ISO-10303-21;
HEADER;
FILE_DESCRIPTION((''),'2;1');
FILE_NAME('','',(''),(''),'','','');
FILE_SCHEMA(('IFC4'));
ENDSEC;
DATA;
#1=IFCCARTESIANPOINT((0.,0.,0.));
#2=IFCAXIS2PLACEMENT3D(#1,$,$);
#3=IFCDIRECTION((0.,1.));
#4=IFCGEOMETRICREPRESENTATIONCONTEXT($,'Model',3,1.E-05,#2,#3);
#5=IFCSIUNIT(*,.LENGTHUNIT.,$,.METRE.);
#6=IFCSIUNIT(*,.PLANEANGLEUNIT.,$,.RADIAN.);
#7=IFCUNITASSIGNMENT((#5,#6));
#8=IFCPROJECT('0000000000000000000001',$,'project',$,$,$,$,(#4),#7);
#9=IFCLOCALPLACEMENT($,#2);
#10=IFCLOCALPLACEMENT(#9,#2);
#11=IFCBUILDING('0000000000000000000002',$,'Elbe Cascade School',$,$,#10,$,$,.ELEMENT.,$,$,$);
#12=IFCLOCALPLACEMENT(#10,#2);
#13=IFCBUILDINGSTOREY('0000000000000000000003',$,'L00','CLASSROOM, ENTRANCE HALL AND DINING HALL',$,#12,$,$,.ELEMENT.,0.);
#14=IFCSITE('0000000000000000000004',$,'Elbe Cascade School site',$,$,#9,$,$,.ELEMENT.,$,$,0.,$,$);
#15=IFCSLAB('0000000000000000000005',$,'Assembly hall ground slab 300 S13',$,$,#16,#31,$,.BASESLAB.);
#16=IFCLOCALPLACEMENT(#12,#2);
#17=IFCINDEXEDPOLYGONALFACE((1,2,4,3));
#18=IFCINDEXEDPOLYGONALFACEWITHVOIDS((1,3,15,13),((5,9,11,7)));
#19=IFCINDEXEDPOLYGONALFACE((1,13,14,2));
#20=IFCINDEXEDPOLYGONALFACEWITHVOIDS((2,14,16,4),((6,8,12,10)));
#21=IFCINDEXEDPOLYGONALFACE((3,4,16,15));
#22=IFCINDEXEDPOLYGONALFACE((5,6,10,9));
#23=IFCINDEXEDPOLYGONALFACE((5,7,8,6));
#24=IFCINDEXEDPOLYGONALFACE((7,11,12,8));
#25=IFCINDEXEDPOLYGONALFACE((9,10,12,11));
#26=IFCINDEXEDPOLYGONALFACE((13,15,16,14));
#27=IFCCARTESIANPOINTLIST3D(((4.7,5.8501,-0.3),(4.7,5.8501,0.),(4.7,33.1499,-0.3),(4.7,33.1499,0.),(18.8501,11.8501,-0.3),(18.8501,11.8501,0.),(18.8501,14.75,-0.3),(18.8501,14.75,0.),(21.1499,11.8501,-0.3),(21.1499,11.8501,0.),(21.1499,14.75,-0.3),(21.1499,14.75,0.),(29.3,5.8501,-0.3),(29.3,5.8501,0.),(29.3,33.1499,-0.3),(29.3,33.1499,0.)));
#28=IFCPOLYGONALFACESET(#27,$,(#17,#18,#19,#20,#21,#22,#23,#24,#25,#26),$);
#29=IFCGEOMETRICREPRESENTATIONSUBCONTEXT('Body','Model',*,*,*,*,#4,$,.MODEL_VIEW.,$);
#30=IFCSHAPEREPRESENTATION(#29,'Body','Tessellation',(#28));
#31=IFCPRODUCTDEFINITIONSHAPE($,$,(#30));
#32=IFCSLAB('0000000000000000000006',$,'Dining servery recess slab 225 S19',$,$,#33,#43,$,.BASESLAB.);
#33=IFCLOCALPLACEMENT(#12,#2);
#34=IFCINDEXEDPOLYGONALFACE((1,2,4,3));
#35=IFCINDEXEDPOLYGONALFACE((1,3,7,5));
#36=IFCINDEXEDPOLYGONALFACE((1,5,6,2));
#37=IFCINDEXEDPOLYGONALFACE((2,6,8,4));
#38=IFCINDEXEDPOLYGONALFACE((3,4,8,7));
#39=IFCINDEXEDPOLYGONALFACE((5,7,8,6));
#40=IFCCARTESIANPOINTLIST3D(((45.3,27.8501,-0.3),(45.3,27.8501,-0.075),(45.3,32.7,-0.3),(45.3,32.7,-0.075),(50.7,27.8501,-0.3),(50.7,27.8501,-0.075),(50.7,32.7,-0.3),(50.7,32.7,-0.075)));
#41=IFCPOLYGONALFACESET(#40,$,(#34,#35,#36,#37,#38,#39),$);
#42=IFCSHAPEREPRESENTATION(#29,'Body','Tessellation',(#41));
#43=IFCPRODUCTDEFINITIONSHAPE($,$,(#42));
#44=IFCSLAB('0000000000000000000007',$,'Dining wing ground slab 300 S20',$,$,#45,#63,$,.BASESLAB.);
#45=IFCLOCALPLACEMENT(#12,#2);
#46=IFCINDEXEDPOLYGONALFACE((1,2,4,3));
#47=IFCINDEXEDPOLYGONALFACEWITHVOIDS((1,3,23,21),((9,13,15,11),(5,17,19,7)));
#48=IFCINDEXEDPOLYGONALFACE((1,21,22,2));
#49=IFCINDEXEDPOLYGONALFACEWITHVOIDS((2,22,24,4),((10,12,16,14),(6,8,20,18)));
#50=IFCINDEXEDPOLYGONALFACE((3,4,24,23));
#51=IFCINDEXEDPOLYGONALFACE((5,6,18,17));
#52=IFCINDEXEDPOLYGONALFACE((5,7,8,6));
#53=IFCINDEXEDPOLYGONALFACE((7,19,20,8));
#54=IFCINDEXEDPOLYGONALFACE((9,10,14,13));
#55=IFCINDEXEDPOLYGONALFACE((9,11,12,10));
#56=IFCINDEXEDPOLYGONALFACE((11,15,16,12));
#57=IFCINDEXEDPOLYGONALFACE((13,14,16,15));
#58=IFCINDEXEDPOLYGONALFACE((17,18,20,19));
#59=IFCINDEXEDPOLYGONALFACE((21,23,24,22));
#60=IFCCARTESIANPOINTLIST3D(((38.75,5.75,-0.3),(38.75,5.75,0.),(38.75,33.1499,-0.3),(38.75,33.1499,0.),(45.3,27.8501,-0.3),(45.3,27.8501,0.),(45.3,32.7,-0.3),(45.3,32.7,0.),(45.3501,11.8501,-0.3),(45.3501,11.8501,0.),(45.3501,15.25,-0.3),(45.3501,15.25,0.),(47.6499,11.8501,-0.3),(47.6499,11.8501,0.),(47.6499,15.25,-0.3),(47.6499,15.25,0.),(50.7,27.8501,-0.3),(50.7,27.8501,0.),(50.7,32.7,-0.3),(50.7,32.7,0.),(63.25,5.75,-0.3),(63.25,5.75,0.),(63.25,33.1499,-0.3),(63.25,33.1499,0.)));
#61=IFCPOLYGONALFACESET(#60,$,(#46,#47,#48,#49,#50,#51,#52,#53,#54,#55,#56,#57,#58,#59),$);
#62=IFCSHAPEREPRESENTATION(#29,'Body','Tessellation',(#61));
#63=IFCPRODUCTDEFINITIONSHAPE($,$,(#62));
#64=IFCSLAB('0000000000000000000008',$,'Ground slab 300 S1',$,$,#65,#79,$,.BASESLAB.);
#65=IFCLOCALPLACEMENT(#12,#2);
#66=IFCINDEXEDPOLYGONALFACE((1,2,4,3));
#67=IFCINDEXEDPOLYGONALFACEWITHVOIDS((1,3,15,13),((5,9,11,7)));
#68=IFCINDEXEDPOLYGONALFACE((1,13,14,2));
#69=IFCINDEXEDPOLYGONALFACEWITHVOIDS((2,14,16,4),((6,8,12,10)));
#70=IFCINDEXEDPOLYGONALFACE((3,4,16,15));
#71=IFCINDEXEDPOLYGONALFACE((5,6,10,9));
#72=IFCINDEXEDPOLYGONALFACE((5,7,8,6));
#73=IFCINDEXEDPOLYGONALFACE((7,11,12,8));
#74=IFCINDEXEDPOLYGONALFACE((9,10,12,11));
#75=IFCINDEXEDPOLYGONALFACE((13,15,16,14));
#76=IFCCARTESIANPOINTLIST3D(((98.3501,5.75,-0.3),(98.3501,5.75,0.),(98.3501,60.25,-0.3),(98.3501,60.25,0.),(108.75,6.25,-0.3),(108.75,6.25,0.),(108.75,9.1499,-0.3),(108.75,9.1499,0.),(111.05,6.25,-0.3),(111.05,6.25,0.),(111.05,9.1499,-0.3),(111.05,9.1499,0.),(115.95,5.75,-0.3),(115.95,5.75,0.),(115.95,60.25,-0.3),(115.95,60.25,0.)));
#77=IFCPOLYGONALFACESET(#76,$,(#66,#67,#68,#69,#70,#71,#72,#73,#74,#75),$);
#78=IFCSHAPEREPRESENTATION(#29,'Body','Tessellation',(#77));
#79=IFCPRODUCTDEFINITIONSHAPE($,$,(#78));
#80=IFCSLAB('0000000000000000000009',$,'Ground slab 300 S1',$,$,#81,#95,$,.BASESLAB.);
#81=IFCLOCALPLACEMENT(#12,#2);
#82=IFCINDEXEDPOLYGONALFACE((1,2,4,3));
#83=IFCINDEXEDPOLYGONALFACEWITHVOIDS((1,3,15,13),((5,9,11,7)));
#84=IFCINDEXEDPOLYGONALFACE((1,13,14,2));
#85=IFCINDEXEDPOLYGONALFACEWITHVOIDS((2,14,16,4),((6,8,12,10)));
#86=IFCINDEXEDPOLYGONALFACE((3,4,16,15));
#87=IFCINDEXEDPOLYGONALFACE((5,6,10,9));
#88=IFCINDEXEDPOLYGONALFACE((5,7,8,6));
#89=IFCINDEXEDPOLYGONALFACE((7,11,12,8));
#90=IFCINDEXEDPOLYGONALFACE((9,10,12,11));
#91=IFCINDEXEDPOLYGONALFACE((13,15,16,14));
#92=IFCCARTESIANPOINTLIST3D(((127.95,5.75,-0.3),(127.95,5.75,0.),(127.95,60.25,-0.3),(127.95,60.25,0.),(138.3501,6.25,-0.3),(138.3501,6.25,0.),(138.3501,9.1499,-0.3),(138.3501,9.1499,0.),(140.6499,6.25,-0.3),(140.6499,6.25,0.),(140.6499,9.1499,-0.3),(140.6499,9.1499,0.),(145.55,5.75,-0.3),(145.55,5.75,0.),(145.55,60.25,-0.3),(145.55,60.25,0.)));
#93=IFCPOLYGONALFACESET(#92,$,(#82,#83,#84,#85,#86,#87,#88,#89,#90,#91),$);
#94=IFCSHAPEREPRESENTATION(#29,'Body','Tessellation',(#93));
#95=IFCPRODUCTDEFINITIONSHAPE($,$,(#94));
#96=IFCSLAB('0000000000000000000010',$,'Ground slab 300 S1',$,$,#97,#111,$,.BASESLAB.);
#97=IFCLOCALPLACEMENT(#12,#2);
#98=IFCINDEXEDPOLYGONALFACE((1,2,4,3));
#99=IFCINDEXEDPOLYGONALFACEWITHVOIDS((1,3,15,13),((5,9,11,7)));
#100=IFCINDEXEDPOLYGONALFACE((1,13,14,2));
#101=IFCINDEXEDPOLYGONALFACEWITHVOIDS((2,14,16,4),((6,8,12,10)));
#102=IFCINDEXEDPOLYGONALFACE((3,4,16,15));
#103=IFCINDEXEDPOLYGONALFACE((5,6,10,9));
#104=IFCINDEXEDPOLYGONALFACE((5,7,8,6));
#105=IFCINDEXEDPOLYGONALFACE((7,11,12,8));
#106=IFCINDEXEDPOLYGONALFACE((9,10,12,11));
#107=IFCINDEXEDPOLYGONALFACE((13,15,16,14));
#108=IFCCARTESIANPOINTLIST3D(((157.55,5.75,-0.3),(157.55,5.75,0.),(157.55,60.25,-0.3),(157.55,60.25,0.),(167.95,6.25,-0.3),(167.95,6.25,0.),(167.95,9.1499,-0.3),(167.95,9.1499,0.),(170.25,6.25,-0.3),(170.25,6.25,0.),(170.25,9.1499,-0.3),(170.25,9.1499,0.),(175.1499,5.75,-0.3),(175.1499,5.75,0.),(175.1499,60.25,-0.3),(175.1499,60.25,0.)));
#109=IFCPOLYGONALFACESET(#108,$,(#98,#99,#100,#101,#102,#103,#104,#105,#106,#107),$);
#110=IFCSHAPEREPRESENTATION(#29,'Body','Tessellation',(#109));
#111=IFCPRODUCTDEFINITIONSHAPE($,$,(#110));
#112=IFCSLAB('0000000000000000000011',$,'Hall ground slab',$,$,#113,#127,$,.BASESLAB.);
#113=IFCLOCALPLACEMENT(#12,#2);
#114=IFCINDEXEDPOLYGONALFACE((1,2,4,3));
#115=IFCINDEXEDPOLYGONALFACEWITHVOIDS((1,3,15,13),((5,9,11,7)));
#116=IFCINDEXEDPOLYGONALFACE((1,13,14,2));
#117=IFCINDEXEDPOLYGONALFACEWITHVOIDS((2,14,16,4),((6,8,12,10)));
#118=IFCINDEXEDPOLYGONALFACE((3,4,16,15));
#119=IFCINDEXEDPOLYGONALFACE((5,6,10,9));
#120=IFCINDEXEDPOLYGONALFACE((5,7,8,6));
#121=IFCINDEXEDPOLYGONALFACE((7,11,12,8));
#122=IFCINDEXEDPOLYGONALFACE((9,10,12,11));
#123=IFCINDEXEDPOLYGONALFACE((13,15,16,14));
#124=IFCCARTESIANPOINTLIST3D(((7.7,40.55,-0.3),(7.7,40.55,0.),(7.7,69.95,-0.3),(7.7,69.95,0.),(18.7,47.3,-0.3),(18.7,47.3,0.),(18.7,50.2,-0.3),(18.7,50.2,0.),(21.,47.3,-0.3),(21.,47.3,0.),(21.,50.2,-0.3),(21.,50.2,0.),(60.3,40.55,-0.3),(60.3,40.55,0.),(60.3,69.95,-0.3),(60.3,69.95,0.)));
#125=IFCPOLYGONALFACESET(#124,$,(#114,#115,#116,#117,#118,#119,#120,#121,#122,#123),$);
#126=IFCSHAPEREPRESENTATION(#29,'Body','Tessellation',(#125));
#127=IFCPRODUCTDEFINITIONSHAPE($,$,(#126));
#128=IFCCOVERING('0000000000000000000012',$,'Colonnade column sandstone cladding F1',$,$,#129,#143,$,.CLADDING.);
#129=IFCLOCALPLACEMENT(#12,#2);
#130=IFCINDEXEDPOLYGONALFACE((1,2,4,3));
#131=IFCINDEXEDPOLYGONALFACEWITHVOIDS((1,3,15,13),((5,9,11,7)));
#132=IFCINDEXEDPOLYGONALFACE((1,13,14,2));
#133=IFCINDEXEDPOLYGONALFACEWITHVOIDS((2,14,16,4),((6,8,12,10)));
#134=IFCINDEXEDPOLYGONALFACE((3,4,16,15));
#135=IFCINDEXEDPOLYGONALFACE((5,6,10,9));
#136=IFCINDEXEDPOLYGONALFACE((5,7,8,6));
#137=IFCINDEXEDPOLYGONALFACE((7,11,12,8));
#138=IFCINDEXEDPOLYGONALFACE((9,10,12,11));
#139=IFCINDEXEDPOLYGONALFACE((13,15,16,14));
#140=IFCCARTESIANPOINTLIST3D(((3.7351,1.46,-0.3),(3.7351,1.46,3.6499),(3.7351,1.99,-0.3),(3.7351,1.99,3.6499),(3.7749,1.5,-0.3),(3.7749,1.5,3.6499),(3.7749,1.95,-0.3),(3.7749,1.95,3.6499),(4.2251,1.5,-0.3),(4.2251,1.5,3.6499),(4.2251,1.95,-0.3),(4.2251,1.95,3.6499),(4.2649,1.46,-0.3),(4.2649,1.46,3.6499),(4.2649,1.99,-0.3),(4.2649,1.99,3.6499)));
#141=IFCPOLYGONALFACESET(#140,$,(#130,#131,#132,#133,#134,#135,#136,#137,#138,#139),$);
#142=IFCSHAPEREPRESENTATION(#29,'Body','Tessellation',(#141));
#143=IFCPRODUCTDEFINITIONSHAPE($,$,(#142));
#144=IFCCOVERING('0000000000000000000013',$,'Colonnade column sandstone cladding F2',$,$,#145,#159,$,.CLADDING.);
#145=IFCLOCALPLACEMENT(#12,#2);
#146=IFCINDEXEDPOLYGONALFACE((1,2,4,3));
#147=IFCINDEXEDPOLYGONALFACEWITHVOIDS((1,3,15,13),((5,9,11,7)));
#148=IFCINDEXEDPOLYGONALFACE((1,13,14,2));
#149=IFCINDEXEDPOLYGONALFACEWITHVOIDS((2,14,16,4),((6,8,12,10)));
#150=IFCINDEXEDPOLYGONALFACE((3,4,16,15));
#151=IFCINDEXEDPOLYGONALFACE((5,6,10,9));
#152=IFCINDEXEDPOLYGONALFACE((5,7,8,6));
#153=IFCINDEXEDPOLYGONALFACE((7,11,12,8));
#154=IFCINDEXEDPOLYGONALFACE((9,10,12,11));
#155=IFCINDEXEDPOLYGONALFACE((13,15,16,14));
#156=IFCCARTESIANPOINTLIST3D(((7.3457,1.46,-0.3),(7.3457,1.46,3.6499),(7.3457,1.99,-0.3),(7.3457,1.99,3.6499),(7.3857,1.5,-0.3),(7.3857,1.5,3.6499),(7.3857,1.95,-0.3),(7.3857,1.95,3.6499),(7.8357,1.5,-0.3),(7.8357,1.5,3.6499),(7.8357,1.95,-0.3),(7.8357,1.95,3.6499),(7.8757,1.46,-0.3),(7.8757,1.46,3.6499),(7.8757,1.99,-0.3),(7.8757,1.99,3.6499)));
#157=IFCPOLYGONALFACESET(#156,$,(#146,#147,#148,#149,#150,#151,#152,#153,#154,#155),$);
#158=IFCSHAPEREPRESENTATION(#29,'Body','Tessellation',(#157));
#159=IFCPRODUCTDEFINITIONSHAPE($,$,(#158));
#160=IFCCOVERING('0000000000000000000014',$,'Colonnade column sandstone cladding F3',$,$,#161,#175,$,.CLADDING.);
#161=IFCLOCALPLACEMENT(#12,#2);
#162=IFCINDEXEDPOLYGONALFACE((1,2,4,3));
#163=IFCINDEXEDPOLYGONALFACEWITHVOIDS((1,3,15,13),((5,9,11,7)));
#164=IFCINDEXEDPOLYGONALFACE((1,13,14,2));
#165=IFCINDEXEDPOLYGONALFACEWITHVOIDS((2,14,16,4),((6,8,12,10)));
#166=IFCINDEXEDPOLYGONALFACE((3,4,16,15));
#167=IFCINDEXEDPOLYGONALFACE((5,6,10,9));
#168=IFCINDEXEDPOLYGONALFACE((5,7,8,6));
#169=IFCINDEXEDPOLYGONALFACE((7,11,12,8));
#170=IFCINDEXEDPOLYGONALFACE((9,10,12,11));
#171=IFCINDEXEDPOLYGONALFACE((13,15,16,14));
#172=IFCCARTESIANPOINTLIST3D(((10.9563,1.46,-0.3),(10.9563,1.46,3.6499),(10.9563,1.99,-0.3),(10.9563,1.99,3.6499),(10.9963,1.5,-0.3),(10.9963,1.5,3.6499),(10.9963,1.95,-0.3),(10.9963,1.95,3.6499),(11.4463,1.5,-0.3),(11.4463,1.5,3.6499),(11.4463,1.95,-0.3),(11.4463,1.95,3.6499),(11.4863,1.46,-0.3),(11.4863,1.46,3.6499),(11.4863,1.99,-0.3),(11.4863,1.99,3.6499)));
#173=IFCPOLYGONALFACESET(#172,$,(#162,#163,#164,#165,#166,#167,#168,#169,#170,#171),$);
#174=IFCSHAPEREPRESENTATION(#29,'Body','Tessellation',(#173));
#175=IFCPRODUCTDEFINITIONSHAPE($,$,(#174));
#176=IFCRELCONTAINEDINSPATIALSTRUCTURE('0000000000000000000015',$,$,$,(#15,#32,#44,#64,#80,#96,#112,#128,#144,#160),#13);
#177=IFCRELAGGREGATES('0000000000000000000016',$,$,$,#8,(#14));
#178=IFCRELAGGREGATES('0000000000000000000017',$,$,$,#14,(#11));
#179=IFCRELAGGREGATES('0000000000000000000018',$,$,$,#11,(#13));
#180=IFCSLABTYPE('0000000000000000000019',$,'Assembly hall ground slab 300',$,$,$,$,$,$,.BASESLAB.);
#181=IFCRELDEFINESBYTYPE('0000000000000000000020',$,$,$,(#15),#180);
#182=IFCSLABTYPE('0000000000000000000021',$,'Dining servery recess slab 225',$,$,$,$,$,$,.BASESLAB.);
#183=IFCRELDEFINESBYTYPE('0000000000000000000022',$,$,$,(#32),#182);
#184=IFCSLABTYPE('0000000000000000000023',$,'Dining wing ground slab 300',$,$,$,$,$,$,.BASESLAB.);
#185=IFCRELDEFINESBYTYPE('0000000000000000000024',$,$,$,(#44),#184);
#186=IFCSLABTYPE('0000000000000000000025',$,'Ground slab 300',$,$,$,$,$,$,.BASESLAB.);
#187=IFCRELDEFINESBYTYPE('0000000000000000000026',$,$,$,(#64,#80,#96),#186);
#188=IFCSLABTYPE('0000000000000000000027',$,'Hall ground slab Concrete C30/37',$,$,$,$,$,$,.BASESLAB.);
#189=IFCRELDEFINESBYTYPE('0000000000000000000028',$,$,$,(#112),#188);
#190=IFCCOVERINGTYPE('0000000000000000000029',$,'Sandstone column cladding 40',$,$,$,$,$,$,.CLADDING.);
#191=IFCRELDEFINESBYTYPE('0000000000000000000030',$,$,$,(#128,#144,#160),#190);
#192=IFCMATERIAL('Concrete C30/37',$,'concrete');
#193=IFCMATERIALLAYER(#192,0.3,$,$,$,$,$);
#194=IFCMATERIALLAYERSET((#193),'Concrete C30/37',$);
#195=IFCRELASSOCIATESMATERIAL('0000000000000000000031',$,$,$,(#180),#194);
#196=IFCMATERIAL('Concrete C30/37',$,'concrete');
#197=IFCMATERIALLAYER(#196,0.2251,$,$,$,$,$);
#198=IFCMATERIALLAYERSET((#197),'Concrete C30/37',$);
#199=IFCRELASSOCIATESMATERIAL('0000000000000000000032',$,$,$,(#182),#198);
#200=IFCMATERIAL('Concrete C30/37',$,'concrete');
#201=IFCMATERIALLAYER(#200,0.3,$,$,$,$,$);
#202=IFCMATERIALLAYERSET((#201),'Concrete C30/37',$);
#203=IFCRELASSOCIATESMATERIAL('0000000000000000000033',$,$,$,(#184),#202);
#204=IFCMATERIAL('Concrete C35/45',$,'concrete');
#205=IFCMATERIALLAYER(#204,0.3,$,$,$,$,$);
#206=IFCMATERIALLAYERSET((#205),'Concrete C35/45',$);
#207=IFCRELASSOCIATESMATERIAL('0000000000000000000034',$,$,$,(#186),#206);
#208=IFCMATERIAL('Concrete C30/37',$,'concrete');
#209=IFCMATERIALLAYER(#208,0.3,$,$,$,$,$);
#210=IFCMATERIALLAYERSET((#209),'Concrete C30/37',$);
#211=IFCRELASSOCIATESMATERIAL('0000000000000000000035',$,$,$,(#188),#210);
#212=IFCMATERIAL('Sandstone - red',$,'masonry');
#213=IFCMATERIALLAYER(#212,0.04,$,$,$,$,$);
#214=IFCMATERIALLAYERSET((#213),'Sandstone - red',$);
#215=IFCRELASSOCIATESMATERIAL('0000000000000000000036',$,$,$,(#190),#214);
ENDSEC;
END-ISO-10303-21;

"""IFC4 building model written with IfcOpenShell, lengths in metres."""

from ifc_helpers import new_model, si_unit, direction, frame, origin, place, context, subcontext, project, spatial, polyline, outline, extrude, material, layer, layer_set, type_object, element, save


model = new_model("IFC4")

# Units and contexts
model_context = context("Model", 3, precision=1e-05, world=origin(), true_north=direction((0.0, 1.0)))
body_context = subcontext(model_context, "Body", "Model", "MODEL_VIEW")
ifc_project = project(units=[si_unit("LENGTHUNIT", "METRE"), si_unit("PLANEANGLEUNIT", "RADIAN")], contexts=[model_context])

# Site, building, storey
site_placement = place(None, origin())
site = spatial("IfcSite", under=ifc_project, at=site_placement, Name="Elbe Cascade School site", CompositionType="ELEMENT", RefElevation=0.0)
building_placement = place(site_placement, origin())
building = spatial("IfcBuilding", under=site, at=building_placement, Name="Elbe Cascade School", CompositionType="ELEMENT")
storey_placement = place(building_placement, origin())
storey = spatial("IfcBuildingStorey", under=building, at=storey_placement, Name="L00", Description="CLASSROOM, ENTRANCE HALL AND DINING HALL", CompositionType="ELEMENT", Elevation=0.0)

# Slabs
ifc_material_1 = material(Name="Concrete C30/37", Category="concrete")
ifc_layer_1 = layer(ifc_material_1, 0.3)
ifc_layer_set_1 = layer_set([ifc_layer_1], Name="Concrete C30/37")
slab_type_1 = type_object("IfcSlabType", Name="Assembly hall ground slab 300", PredefinedType="BASESLAB", material=ifc_layer_set_1)
slab_1_placement = place(storey_placement, frame((0.0, 0.0, -0.3)))
element("IfcSlab", 1, at=slab_1_placement, inside=storey, type_object=slab_type_1, Name="Assembly hall ground slab 300 S13", PredefinedType="BASESLAB", context=body_context, shape_type="SweptSolid", body=[
    extrude(outline(polyline([(4.7, 5.8501), (4.7, 33.1499), (29.3, 33.1499), (29.3, 5.8501), (4.7, 5.8501)]), holes=[polyline([(21.1499, 14.75), (18.8501, 14.75), (18.8501, 11.8501), (21.1499, 11.8501), (21.1499, 14.75)])]), origin(), (0.0, 0.0, 1.0), 0.3),
])
ifc_material_2 = material(Name="Concrete C30/37", Category="concrete")
ifc_layer_2 = layer(ifc_material_2, 0.2251)
ifc_layer_set_2 = layer_set([ifc_layer_2], Name="Concrete C30/37")
slab_type_2 = type_object("IfcSlabType", Name="Dining servery recess slab 225", PredefinedType="BASESLAB", material=ifc_layer_set_2)
slab_2_placement = place(storey_placement, frame((0.0, 0.0, -0.3)))
element("IfcSlab", 2, at=slab_2_placement, inside=storey, type_object=slab_type_2, Name="Dining servery recess slab 225 S19", PredefinedType="BASESLAB", context=body_context, shape_type="SweptSolid", body=[
    extrude(outline(polyline([(50.7, 27.8501), (50.7, 32.7), (45.3, 32.7), (45.3, 27.8501), (50.7, 27.8501)])), origin(), (0.0, 0.0, 1.0), 0.2251),
])
ifc_material_3 = material(Name="Concrete C30/37", Category="concrete")
ifc_layer_3 = layer(ifc_material_3, 0.3)
ifc_layer_set_3 = layer_set([ifc_layer_3], Name="Concrete C30/37")
slab_type_3 = type_object("IfcSlabType", Name="Dining wing ground slab 300", PredefinedType="BASESLAB", material=ifc_layer_set_3)
slab_3_placement = place(storey_placement, frame((0.0, 0.0, -0.3)))
element("IfcSlab", 3, at=slab_3_placement, inside=storey, type_object=slab_type_3, Name="Dining wing ground slab 300 S20", PredefinedType="BASESLAB", context=body_context, shape_type="SweptSolid", body=[
    extrude(outline(polyline([(38.75, 5.75), (38.75, 33.1499), (63.25, 33.1499), (63.25, 5.75), (38.75, 5.75)]), holes=[polyline([(47.6499, 11.8501), (47.6499, 15.25), (45.3501, 15.25), (45.3501, 11.8501), (47.6499, 11.8501)]), polyline([(50.7, 27.8501), (50.7, 32.7), (45.3, 32.7), (45.3, 27.8501), (50.7, 27.8501)])]), origin(), (0.0, 0.0, 1.0), 0.3),
])
ifc_material_4 = material(Name="Concrete C35/45", Category="concrete")
ifc_layer_4 = layer(ifc_material_4, 0.3)
ifc_layer_set_4 = layer_set([ifc_layer_4], Name="Concrete C35/45")
slab_type_4 = type_object("IfcSlabType", Name="Ground slab 300", PredefinedType="BASESLAB", material=ifc_layer_set_4)
slab_4_placement = place(storey_placement, frame((0.0, 0.0, -0.3)))
element("IfcSlab", 4, at=slab_4_placement, inside=storey, type_object=slab_type_4, Name="Ground slab 300 S1", PredefinedType="BASESLAB", context=body_context, shape_type="SweptSolid", body=[
    extrude(outline(polyline([(98.3501, 5.75), (115.95, 5.75), (115.95, 60.25), (98.3501, 60.25), (98.3501, 5.75)]), holes=[polyline([(108.75, 6.25), (111.05, 6.25), (111.05, 9.1499), (108.75, 9.1499), (108.75, 6.25)])]), origin(), (0.0, 0.0, 1.0), 0.3),
])
slab_5_placement = place(storey_placement, frame((0.0, 0.0, -0.3)))
element("IfcSlab", 5, at=slab_5_placement, inside=storey, type_object=slab_type_4, Name="Ground slab 300 S1", PredefinedType="BASESLAB", context=body_context, shape_type="SweptSolid", body=[
    extrude(outline(polyline([(127.95, 5.75), (145.55, 5.75), (145.55, 60.25), (127.95, 60.25), (127.95, 5.75)]), holes=[polyline([(138.3501, 6.25), (140.6499, 6.25), (140.6499, 9.1499), (138.3501, 9.1499), (138.3501, 6.25)])]), origin(), (0.0, 0.0, 1.0), 0.3),
])
slab_6_placement = place(storey_placement, frame((0.0, 0.0, -0.3)))
element("IfcSlab", 6, at=slab_6_placement, inside=storey, type_object=slab_type_4, Name="Ground slab 300 S1", PredefinedType="BASESLAB", context=body_context, shape_type="SweptSolid", body=[
    extrude(outline(polyline([(157.55, 5.75), (175.1499, 5.75), (175.1499, 60.25), (157.55, 60.25), (157.55, 5.75)]), holes=[polyline([(167.95, 6.25), (170.25, 6.25), (170.25, 9.1499), (167.95, 9.1499), (167.95, 6.25)])]), origin(), (0.0, 0.0, 1.0), 0.3),
])
ifc_material_5 = material(Name="Concrete C30/37", Category="concrete")
ifc_layer_5 = layer(ifc_material_5, 0.3)
ifc_layer_set_5 = layer_set([ifc_layer_5], Name="Concrete C30/37")
slab_type_5 = type_object("IfcSlabType", Name="Hall ground slab Concrete C30/37", PredefinedType="BASESLAB", material=ifc_layer_set_5)
slab_7_placement = place(storey_placement, frame((0.0, 0.0, -0.3)))
element("IfcSlab", 7, at=slab_7_placement, inside=storey, type_object=slab_type_5, Name="Hall ground slab", PredefinedType="BASESLAB", context=body_context, shape_type="SweptSolid", body=[
    extrude(outline(polyline([(7.7, 40.55), (60.3, 40.55), (60.3, 69.95), (7.7, 69.95), (7.7, 40.55)]), holes=[polyline([(18.7, 47.3), (21.0, 47.3), (21.0, 50.2), (18.7, 50.2), (18.7, 47.3)])]), origin(), (0.0, 0.0, 1.0), 0.3),
])

# Coverings
ifc_material_6 = material(Name="Sandstone - red", Category="masonry")
ifc_layer_6 = layer(ifc_material_6, 0.04)
ifc_layer_set_6 = layer_set([ifc_layer_6], Name="Sandstone - red")
covering_type = type_object("IfcCoveringType", Name="Sandstone column cladding 40", PredefinedType="CLADDING", material=ifc_layer_set_6)
covering_1_placement = place(storey_placement, frame((0.0, 0.0, -0.3)))
element("IfcCovering", 8, at=covering_1_placement, inside=storey, type_object=covering_type, Name="Colonnade column sandstone cladding F1", PredefinedType="CLADDING", context=body_context, shape_type="SweptSolid", body=[
    extrude(outline(polyline([(3.7351, 1.46), (4.2649, 1.46), (4.2649, 1.99), (3.7351, 1.99), (3.7351, 1.46)]), holes=[polyline([(3.7749, 1.95), (4.2251, 1.95), (4.2251, 1.5), (3.7749, 1.5), (3.7749, 1.95)])]), origin(), (0.0, 0.0, 1.0), 3.95),
])
covering_2_placement = place(storey_placement, frame((0.0, 0.0, -0.3)))
element("IfcCovering", 9, at=covering_2_placement, inside=storey, type_object=covering_type, Name="Colonnade column sandstone cladding F2", PredefinedType="CLADDING", context=body_context, shape_type="SweptSolid", body=[
    extrude(outline(polyline([(7.3457, 1.46), (7.8757, 1.46), (7.8757, 1.99), (7.3457, 1.99), (7.3457, 1.46)]), holes=[polyline([(7.3857, 1.95), (7.8357, 1.95), (7.8357, 1.5), (7.3857, 1.5), (7.3857, 1.95)])]), origin(), (0.0, 0.0, 1.0), 3.95),
])
covering_3_placement = place(storey_placement, frame((0.0, 0.0, -0.3)))
element("IfcCovering", 10, at=covering_3_placement, inside=storey, type_object=covering_type, Name="Colonnade column sandstone cladding F3", PredefinedType="CLADDING", context=body_context, shape_type="SweptSolid", body=[
    extrude(outline(polyline([(10.9563, 1.46), (11.4863, 1.46), (11.4863, 1.99), (10.9563, 1.99), (10.9563, 1.46)]), holes=[polyline([(10.9963, 1.95), (11.4463, 1.95), (11.4463, 1.5), (10.9963, 1.5), (10.9963, 1.95)])]), origin(), (0.0, 0.0, 1.0), 3.95),
])

save(model, "model.ifc")
